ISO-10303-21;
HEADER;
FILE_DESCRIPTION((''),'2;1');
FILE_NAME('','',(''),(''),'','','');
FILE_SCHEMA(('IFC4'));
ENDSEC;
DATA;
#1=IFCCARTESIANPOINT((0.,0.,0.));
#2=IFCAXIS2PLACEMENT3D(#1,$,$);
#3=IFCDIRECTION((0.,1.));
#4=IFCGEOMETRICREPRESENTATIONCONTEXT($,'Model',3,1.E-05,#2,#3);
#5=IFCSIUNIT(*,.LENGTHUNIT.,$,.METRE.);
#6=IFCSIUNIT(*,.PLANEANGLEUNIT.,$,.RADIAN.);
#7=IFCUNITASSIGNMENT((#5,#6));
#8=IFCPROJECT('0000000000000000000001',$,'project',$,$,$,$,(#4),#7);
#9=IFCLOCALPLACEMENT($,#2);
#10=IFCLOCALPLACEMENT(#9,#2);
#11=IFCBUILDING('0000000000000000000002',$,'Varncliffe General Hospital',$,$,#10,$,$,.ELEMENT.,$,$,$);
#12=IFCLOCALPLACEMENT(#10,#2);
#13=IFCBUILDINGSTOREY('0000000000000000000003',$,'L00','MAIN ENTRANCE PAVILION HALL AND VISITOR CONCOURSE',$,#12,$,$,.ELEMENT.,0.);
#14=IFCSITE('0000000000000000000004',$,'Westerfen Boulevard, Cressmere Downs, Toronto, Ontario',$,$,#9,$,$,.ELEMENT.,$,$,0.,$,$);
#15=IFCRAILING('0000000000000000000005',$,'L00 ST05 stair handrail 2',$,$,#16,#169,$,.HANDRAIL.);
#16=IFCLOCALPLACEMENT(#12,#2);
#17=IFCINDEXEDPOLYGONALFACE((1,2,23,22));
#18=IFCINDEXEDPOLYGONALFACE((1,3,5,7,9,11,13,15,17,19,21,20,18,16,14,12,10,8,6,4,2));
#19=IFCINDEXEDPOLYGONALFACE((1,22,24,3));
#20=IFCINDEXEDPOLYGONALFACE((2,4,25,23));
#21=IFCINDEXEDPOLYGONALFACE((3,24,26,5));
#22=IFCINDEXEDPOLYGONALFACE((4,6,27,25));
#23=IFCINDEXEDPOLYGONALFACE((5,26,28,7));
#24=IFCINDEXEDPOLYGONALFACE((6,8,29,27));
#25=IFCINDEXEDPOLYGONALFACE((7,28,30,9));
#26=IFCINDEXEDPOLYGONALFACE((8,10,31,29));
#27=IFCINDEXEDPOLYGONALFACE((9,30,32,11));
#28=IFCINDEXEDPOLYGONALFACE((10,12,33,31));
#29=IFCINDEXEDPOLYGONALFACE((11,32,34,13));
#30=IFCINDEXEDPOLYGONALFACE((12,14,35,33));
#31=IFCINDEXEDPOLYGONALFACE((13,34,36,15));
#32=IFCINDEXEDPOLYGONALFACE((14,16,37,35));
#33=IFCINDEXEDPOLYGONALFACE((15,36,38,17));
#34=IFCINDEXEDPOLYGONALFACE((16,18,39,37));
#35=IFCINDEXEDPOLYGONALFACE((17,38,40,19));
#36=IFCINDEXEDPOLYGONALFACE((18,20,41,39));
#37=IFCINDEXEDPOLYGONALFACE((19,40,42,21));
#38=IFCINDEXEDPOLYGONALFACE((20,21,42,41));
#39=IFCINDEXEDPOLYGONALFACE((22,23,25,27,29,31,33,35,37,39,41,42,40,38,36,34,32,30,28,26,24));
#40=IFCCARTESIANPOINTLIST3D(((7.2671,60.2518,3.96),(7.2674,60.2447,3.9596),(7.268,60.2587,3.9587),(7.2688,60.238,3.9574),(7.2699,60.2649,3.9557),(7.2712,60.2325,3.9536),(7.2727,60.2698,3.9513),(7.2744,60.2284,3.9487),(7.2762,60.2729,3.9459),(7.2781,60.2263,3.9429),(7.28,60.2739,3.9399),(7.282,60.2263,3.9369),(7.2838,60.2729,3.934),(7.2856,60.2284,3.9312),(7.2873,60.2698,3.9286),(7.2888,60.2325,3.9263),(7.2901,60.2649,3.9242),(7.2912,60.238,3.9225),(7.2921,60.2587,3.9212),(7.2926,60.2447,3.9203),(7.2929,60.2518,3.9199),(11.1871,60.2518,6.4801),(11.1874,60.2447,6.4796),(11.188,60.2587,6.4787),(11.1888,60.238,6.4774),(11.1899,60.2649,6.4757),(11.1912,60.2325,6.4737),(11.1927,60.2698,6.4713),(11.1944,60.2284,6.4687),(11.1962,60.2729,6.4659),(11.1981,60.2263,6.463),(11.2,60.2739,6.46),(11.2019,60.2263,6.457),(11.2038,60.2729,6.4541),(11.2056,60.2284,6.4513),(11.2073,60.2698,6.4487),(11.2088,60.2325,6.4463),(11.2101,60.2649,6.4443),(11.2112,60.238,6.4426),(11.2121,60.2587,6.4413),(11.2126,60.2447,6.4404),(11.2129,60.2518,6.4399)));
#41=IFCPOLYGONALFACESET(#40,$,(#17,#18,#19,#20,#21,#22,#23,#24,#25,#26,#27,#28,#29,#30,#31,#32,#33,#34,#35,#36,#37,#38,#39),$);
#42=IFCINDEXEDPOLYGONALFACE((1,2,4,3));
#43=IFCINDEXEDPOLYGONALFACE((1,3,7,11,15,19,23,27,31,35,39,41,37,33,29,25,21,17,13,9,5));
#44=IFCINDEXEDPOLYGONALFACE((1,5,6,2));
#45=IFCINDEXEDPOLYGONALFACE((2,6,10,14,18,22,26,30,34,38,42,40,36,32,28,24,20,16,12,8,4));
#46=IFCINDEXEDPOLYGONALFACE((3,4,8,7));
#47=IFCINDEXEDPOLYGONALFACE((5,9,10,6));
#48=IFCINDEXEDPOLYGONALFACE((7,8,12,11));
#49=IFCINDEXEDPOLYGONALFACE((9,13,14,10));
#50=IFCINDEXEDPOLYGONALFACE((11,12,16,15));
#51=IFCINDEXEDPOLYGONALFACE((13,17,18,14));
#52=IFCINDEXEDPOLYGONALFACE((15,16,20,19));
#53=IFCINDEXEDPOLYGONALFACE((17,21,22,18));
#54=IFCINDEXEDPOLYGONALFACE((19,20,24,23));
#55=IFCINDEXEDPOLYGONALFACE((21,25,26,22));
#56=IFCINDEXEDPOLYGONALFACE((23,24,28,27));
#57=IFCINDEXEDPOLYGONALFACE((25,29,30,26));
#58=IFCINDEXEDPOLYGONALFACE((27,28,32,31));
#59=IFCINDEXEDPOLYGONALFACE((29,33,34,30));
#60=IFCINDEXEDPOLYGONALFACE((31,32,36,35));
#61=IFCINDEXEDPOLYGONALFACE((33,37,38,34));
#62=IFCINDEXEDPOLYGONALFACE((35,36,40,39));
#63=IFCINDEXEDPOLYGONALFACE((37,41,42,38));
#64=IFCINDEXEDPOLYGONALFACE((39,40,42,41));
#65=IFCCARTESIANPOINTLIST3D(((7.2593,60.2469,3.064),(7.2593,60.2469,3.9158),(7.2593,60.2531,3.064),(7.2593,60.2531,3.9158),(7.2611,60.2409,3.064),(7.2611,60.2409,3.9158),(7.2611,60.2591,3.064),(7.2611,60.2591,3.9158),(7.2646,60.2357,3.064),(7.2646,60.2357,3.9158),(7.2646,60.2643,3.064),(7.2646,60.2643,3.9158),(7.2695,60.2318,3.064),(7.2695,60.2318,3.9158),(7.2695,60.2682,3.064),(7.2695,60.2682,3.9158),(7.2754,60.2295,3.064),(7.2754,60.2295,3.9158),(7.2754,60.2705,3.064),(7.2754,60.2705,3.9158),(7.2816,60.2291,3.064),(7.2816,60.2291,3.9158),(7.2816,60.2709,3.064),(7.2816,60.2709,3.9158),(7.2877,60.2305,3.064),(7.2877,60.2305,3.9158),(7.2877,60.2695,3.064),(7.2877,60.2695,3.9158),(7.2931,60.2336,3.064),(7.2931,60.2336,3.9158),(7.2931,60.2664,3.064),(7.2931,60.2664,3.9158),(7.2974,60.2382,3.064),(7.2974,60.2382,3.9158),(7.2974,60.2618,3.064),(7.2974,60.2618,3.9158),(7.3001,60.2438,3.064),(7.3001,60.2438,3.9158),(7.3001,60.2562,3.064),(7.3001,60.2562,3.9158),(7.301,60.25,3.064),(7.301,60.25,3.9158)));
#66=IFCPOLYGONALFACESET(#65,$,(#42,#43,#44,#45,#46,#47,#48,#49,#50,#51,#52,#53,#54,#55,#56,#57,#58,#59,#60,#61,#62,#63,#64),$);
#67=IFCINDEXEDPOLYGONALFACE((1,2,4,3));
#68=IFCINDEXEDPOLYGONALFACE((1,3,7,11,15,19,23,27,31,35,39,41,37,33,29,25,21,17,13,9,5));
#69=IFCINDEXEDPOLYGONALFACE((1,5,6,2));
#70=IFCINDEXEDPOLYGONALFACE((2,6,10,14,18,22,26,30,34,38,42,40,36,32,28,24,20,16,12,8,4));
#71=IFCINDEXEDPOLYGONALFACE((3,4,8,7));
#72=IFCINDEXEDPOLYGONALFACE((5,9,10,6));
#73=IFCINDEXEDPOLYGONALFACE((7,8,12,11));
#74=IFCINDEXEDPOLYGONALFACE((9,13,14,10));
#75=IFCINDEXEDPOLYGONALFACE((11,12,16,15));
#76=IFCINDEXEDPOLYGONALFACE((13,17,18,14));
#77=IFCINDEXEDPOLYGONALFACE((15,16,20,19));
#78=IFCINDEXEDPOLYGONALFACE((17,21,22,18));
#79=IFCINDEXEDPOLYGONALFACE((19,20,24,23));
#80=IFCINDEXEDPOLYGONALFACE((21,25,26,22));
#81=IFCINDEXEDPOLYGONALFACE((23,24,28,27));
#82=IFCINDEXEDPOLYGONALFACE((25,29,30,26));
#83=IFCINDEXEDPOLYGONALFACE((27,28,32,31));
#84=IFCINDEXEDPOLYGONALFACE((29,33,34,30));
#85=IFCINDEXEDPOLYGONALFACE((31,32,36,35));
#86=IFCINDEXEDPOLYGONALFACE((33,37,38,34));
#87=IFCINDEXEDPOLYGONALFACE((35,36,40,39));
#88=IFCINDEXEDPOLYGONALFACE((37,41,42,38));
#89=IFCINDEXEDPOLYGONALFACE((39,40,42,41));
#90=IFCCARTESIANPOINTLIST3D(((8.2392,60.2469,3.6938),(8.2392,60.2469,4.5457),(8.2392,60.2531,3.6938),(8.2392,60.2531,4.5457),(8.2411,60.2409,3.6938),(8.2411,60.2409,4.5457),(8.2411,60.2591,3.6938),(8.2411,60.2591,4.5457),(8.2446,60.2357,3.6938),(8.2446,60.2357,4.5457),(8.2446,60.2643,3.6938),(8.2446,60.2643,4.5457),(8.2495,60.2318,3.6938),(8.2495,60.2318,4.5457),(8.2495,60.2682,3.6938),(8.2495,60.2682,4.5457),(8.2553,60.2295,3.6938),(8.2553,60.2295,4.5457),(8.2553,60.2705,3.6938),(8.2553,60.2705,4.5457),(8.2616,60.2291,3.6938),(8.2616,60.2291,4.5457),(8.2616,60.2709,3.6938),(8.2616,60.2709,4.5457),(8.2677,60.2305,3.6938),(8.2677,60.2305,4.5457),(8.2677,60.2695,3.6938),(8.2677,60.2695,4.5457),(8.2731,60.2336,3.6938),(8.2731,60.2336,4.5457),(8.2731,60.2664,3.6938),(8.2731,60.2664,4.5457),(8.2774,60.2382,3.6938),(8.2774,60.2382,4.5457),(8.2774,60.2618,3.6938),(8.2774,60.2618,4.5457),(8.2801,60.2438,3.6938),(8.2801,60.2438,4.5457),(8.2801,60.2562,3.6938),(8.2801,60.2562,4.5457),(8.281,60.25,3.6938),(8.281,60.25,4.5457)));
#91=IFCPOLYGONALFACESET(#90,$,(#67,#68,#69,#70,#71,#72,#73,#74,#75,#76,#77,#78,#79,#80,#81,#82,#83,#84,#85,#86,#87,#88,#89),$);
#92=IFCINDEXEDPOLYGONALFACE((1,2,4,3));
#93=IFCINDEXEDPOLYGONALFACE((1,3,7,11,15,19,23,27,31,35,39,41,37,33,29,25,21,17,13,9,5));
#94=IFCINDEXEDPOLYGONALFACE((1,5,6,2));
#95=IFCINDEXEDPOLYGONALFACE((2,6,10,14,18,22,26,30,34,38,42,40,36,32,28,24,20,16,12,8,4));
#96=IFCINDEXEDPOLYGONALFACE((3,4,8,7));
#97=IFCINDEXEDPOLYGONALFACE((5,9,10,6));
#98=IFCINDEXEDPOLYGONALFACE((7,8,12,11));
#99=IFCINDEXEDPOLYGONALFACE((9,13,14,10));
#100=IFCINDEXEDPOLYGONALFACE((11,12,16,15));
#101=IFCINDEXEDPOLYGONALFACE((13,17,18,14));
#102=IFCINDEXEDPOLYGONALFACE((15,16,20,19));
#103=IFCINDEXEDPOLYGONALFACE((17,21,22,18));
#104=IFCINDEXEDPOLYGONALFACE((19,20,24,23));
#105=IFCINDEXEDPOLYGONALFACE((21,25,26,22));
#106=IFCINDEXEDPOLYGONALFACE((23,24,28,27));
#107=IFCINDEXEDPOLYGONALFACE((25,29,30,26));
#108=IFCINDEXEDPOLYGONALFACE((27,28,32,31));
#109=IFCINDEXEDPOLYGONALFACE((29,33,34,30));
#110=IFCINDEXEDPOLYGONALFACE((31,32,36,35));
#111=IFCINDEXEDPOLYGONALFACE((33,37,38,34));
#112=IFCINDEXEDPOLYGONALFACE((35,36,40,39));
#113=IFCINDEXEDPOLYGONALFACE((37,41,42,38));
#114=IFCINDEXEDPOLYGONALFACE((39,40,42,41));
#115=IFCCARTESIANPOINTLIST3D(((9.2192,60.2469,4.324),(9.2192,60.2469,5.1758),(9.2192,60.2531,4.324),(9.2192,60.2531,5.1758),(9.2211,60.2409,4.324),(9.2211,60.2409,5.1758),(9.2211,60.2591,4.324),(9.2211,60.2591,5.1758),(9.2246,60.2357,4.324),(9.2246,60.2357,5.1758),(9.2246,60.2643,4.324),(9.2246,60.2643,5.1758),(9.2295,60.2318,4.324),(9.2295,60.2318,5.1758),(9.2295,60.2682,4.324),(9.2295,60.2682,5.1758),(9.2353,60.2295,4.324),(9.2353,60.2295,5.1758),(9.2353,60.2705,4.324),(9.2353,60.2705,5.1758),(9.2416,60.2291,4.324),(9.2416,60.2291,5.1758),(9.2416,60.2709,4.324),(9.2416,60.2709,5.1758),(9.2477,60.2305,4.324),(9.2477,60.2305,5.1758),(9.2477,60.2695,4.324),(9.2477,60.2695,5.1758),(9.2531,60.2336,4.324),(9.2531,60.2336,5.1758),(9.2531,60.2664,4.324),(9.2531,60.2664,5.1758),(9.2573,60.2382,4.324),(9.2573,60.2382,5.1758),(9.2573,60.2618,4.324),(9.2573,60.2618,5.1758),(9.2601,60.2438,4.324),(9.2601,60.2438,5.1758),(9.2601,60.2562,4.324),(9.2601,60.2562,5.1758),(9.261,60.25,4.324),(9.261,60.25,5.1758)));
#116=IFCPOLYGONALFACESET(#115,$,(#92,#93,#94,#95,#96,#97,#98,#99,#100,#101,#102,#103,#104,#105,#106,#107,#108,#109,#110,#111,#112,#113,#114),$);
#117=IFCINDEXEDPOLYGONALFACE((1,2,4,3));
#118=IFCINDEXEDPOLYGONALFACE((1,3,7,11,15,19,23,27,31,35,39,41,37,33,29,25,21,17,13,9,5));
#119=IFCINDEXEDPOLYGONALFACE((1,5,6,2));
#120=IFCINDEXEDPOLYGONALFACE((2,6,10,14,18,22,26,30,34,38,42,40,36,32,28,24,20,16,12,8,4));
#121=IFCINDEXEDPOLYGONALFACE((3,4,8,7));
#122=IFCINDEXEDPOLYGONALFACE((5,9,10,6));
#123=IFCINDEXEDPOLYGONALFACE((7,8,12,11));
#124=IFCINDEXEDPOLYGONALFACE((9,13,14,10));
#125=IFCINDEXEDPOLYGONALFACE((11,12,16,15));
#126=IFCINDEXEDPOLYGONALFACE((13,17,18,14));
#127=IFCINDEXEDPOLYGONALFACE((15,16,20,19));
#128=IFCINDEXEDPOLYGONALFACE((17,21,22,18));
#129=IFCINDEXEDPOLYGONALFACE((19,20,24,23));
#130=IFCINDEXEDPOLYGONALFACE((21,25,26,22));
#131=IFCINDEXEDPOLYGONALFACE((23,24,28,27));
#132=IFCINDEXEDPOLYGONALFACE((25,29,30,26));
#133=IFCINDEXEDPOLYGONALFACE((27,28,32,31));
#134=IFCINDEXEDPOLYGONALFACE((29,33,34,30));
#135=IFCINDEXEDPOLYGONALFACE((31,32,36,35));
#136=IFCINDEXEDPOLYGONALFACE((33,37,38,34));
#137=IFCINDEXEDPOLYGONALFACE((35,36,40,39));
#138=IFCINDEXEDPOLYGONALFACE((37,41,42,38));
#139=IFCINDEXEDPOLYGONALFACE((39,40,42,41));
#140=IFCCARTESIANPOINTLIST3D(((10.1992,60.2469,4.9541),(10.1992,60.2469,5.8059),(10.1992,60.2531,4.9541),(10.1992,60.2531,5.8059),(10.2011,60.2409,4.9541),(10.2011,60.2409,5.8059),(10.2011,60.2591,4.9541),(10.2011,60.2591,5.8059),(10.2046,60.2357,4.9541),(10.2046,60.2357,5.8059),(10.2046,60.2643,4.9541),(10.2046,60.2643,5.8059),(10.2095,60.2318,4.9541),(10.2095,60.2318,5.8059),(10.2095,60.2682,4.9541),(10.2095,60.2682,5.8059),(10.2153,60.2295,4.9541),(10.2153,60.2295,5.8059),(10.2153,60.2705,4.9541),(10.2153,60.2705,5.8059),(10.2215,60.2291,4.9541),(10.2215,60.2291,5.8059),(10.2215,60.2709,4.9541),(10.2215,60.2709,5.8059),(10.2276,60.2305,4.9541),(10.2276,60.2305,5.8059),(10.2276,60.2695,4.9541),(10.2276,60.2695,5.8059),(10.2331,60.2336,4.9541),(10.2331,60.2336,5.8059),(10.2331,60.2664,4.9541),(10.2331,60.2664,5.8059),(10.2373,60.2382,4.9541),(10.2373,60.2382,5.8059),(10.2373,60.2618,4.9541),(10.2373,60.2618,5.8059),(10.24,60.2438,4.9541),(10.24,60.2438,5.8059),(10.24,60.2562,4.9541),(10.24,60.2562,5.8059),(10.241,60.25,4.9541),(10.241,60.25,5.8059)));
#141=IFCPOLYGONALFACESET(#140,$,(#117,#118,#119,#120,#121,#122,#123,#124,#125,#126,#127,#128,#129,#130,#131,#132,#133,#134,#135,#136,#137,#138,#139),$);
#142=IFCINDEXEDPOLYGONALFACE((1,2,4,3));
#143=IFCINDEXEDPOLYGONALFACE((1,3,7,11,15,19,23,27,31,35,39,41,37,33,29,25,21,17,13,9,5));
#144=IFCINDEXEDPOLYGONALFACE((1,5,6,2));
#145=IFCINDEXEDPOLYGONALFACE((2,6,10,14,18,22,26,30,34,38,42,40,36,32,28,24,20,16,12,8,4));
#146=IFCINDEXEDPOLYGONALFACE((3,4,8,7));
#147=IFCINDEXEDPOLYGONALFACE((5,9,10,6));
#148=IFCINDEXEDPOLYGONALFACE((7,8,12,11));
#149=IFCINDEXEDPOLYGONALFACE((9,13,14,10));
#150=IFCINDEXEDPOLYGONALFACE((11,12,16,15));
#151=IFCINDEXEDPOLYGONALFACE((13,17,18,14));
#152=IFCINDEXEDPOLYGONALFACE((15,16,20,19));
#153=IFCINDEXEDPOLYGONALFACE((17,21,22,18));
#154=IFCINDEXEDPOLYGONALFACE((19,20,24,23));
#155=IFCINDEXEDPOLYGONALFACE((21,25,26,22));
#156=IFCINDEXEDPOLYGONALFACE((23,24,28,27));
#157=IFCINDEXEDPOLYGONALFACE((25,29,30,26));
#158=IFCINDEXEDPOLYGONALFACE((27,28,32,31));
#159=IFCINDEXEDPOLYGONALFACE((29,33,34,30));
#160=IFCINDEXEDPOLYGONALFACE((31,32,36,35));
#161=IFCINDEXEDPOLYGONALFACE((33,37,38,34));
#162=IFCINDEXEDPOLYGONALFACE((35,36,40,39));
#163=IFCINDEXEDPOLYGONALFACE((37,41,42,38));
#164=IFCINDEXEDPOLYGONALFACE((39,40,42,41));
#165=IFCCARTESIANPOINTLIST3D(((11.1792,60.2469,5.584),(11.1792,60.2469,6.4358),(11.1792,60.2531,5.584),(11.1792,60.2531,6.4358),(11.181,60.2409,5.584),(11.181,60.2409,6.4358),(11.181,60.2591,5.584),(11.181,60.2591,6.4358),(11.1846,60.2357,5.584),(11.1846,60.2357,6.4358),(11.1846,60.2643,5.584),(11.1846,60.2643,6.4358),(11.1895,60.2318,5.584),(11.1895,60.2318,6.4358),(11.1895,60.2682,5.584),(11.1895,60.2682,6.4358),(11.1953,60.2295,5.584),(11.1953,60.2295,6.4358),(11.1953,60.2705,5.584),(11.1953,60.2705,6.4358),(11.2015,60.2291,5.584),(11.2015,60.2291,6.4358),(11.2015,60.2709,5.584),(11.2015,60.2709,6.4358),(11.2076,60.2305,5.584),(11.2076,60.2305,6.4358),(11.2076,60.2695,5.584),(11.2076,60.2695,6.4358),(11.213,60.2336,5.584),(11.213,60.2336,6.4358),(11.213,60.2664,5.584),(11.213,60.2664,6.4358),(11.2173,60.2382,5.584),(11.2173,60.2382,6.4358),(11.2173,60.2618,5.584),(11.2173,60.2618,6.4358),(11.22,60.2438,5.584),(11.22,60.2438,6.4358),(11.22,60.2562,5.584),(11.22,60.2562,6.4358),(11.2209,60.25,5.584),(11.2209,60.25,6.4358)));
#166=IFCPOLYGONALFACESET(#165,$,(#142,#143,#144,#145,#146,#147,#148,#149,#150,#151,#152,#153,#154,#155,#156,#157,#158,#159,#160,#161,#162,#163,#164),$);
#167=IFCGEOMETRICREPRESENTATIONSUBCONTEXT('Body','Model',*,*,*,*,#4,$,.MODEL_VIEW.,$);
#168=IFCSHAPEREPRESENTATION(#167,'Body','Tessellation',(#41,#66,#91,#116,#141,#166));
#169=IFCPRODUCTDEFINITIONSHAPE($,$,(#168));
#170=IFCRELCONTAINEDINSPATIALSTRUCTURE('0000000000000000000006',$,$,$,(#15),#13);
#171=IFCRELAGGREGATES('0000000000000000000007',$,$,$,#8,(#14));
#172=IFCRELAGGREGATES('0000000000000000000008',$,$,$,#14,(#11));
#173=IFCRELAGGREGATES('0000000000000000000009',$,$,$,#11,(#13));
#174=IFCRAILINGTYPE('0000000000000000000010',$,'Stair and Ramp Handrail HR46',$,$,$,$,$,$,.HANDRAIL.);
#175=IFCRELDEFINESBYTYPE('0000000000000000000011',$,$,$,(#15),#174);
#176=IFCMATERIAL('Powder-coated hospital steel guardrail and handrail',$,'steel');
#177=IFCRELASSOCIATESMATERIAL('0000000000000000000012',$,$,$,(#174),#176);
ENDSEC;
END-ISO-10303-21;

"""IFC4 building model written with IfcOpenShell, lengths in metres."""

from ifc_helpers import new_model, si_unit, direction, frame, origin, origin_2d, place, context, subcontext, project, spatial, circle, extrude, material, type_object, element, save


model = new_model("IFC4")

# Units and contexts
model_context = context("Model", 3, precision=1e-05, world=origin(), true_north=direction((0.0, 1.0)))
body_context = subcontext(model_context, "Body", "Model", "MODEL_VIEW")
ifc_project = project(units=[si_unit("LENGTHUNIT", "METRE"), si_unit("PLANEANGLEUNIT", "RADIAN")], contexts=[model_context])

# Site, building, storey
site_placement = place(None, origin())
site = spatial("IfcSite", under=ifc_project, at=site_placement, Name="Westerfen Boulevard, Cressmere Downs, Toronto, Ontario", CompositionType="ELEMENT", RefElevation=0.0)
building_placement = place(site_placement, origin())
building = spatial("IfcBuilding", under=site, at=building_placement, Name="Varncliffe General Hospital", CompositionType="ELEMENT")
storey_placement = place(building_placement, origin())
storey = spatial("IfcBuildingStorey", under=building, at=storey_placement, Name="L00", Description="MAIN ENTRANCE PAVILION HALL AND VISITOR CONCOURSE", CompositionType="ELEMENT", Elevation=0.0)

# Railing
ifc_material_1 = material(Name="Powder-coated hospital steel guardrail and handrail", Category="steel")
railing_type_1 = type_object("IfcRailingType", Name="Stair and Ramp Handrail HR46", PredefinedType="HANDRAIL", material=ifc_material_1)
railing_1_placement = place(storey_placement, frame((7.28, 60.25, 3.064)))
element("IfcRailing", 1, at=railing_1_placement, inside=storey, type_object=railing_type_1, Name="L00 ST05 stair handrail 2", PredefinedType="HANDRAIL", context=body_context, shape_type="SweptSolid", body=[
    extrude(circle(Radius=0.0239, at=origin_2d()), frame((0.0, 0.0, 0.876), z_axis=(0.841172, 0.0, 0.540768), x_axis=(0.0, 1.0, 0.0)), (0.0, 0.0, 1.0), 4.6602),
    extrude(circle(Radius=0.021, at=origin_2d()), origin(), (0.0, 0.0, 1.0), 0.8518),
    extrude(circle(Radius=0.021, at=origin_2d()), frame((0.98, 0.0, 0.6299)), (0.0, 0.0, 1.0), 0.8518),
    extrude(circle(Radius=0.021, at=origin_2d()), frame((1.96, 0.0, 1.26)), (0.0, 0.0, 1.0), 0.8518),
    extrude(circle(Radius=0.021, at=origin_2d()), frame((2.9399, 0.0, 1.8901)), (0.0, 0.0, 1.0), 0.8518),
    extrude(circle(Radius=0.021, at=origin_2d()), frame((3.9199, 0.0, 2.52)), (0.0, 0.0, 1.0), 0.8518),
])

save(model, "model.ifc")
